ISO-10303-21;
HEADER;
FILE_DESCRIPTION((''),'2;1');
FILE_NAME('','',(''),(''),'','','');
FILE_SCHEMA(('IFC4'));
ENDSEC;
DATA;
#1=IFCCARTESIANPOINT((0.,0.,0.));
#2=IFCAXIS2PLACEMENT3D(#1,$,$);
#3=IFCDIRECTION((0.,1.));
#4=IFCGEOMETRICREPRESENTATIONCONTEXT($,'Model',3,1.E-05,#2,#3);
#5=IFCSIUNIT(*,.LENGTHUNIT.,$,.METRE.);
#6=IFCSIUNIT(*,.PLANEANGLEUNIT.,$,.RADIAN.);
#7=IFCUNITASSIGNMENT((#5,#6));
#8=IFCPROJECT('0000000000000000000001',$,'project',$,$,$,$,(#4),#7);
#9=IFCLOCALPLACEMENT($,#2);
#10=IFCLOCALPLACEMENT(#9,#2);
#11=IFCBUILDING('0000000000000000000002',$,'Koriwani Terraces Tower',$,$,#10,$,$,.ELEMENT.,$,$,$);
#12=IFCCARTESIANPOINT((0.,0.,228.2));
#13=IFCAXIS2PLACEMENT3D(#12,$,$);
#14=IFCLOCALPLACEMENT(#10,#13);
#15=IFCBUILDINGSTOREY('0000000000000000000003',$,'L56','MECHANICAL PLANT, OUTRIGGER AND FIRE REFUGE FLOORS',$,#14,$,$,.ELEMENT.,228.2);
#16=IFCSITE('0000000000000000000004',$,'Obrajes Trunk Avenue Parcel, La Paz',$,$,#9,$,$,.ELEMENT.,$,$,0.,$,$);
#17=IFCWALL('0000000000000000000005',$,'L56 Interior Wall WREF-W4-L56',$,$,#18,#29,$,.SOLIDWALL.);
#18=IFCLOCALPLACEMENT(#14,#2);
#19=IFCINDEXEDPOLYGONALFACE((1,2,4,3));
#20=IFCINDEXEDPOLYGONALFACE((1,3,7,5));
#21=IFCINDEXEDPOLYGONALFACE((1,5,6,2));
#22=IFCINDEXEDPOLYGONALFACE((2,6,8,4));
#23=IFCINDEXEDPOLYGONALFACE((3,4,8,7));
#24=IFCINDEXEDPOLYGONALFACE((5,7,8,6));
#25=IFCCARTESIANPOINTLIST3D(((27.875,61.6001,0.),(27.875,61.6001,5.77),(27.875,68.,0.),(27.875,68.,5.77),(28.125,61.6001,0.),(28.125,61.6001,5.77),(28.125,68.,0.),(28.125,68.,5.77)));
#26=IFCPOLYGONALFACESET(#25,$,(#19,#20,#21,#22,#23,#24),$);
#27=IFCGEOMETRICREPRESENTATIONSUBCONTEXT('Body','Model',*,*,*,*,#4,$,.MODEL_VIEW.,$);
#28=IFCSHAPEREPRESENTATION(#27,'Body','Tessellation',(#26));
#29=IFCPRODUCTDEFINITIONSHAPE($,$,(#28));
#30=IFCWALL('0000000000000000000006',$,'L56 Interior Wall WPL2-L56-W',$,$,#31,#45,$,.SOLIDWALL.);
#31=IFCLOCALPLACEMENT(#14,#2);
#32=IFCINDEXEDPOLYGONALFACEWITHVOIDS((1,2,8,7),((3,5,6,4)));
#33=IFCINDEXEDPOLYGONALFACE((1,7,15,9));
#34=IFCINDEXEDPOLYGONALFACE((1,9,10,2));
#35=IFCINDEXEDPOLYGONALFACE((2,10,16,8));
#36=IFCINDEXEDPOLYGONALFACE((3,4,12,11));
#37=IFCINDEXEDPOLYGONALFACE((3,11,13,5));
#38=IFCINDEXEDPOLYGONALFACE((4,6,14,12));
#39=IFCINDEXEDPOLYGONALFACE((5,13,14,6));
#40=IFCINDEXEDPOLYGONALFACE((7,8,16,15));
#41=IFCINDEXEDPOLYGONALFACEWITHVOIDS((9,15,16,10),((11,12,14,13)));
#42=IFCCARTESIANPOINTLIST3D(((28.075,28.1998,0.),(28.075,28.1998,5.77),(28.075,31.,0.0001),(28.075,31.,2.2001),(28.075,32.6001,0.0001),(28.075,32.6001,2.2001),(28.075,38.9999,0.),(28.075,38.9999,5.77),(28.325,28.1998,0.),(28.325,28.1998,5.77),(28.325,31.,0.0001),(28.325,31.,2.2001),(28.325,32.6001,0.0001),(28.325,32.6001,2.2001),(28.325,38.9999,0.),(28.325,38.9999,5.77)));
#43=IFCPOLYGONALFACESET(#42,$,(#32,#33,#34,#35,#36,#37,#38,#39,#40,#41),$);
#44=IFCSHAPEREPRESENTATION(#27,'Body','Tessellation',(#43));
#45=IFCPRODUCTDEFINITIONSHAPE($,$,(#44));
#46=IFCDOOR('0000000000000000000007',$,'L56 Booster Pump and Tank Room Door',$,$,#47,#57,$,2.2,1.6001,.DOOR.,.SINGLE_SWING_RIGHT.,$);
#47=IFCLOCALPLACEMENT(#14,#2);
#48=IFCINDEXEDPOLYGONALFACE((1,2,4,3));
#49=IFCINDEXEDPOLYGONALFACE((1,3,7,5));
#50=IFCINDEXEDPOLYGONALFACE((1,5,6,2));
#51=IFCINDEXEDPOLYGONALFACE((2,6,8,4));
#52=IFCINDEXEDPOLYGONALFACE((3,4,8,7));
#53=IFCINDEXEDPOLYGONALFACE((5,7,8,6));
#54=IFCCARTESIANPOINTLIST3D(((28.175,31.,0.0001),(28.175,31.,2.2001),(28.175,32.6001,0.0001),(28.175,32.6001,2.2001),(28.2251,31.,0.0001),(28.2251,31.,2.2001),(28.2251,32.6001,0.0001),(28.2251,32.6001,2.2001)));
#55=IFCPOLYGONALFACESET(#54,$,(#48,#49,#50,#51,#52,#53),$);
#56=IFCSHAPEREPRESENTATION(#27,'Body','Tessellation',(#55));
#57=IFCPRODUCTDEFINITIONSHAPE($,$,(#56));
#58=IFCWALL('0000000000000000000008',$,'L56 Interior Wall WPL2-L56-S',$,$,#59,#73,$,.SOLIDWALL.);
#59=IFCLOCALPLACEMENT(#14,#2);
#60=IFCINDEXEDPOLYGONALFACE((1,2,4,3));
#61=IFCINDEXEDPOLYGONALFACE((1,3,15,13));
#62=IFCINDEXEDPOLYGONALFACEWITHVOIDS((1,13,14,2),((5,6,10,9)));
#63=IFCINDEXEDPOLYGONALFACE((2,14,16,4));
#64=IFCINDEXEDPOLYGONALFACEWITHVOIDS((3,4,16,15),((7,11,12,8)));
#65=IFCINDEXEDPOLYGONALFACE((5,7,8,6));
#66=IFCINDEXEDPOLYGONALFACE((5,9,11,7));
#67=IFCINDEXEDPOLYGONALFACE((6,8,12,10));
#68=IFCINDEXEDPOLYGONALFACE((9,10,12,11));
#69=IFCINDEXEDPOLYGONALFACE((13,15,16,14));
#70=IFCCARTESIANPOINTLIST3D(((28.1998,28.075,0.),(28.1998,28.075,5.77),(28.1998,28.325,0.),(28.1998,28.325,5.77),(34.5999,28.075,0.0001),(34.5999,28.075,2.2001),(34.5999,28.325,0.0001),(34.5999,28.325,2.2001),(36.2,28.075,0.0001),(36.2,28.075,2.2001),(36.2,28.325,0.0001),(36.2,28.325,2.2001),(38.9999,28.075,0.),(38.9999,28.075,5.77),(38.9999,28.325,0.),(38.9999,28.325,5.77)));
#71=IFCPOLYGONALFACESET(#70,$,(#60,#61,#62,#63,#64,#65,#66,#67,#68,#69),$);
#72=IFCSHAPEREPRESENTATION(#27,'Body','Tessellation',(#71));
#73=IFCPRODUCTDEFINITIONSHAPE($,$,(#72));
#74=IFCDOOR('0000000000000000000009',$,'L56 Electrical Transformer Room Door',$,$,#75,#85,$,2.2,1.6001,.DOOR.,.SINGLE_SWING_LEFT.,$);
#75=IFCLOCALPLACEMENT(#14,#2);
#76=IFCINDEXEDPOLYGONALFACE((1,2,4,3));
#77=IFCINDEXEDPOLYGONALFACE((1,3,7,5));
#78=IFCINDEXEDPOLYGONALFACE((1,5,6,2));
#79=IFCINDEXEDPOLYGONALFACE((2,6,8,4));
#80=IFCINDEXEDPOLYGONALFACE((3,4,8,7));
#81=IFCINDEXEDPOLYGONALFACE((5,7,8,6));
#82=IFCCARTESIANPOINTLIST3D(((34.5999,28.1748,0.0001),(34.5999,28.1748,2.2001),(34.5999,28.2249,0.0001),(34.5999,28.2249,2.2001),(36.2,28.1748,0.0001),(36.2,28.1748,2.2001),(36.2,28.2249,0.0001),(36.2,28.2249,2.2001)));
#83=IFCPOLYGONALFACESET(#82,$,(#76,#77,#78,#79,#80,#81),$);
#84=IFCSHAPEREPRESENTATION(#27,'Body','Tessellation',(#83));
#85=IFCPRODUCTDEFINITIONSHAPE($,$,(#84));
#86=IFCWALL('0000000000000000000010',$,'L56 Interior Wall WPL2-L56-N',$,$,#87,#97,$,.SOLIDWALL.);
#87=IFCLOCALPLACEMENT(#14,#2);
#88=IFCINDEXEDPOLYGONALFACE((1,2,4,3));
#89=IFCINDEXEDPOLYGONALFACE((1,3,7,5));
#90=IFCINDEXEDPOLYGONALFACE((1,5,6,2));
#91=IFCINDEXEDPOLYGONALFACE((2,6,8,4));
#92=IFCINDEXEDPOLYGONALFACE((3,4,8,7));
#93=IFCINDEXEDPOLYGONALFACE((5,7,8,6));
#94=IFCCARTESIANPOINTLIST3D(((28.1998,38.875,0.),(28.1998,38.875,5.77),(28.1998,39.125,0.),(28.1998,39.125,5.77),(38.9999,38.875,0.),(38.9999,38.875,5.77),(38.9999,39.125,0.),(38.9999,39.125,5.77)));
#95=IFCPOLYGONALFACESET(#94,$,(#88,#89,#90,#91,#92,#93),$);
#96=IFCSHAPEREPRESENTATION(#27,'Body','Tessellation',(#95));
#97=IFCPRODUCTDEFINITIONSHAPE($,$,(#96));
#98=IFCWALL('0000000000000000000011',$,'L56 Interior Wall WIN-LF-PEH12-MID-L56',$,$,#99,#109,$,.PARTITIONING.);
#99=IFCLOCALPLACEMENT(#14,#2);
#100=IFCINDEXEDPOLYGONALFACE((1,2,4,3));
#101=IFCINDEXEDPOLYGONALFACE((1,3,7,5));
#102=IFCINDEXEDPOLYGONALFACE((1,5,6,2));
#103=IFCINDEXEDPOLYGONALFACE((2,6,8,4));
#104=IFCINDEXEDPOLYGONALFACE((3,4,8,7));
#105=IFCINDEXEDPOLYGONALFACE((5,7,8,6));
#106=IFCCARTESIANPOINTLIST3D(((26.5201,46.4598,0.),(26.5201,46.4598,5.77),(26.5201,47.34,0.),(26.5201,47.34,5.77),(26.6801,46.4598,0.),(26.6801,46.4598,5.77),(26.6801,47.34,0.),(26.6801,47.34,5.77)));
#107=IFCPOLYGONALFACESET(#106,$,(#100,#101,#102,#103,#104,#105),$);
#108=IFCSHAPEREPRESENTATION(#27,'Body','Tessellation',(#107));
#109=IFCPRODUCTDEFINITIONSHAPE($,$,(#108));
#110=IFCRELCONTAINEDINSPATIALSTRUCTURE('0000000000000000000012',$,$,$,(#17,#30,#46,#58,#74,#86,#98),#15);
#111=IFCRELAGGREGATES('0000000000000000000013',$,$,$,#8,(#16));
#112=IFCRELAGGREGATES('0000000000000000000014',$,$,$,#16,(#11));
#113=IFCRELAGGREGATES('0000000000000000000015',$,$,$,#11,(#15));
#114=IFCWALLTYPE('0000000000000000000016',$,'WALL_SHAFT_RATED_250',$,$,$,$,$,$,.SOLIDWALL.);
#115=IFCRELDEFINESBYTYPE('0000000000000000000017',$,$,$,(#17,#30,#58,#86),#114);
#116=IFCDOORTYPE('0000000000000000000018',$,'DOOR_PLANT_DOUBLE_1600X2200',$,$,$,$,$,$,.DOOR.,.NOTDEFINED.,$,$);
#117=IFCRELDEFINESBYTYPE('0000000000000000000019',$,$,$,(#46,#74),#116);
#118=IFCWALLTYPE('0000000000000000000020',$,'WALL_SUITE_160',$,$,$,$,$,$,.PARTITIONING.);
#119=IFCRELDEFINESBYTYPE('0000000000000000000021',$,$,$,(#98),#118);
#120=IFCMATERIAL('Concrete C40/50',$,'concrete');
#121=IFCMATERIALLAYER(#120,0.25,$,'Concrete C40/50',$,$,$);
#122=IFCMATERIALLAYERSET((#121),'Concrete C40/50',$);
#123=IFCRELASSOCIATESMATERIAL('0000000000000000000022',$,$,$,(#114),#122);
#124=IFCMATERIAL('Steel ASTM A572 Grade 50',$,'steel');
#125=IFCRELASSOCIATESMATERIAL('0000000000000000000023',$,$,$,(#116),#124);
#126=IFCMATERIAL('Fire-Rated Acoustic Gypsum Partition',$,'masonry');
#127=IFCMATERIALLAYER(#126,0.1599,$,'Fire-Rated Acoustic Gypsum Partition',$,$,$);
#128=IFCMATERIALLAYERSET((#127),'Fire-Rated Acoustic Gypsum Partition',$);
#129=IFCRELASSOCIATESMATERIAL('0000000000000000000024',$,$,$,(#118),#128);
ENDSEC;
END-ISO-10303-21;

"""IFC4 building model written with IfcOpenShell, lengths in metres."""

from ifc_helpers import new_model, si_unit, direction, frame, frame_2d, origin, place, context, subcontext, project, spatial, rectangle, extrude, material, layer, layer_set, type_object, element, fill, save


model = new_model("IFC4")

# Units and contexts
model_context = context("Model", 3, precision=1e-05, world=origin(), true_north=direction((0.0, 1.0)))
body_context = subcontext(model_context, "Body", "Model", "MODEL_VIEW")
ifc_project = project(units=[si_unit("LENGTHUNIT", "METRE"), si_unit("PLANEANGLEUNIT", "RADIAN")], contexts=[model_context])

# Site, building, storey
site_placement = place(None, origin())
site = spatial("IfcSite", under=ifc_project, at=site_placement, Name="Obrajes Trunk Avenue Parcel, La Paz", CompositionType="ELEMENT", RefElevation=0.0)
building_placement = place(site_placement, origin())
building = spatial("IfcBuilding", under=site, at=building_placement, Name="Koriwani Terraces Tower", CompositionType="ELEMENT")
storey_placement = place(building_placement, frame((0.0, 0.0, 228.2)))
storey = spatial("IfcBuildingStorey", under=building, at=storey_placement, Name="L56", Description="MECHANICAL PLANT, OUTRIGGER AND FIRE REFUGE FLOORS", CompositionType="ELEMENT", Elevation=228.2)

# Shared definitions
ifc_material_1 = material(Name="Steel ASTM A572 Grade 50", Category="steel")

# Shared definitions
ifc_material_2 = material(Name="Concrete C40/50", Category="concrete")
ifc_layer_1 = layer(ifc_material_2, 0.25, Name="Concrete C40/50")
ifc_layer_set_1 = layer_set([ifc_layer_1], Name="Concrete C40/50")
wall_type_1 = type_object("IfcWallType", Name="WALL_SHAFT_RATED_250", PredefinedType="SOLIDWALL", material=ifc_layer_set_1)

# Wall
wall_1_placement = place(storey_placement, frame((28.0, 61.6001, 0.0), z_axis=(0.0, 0.0, 1.0), x_axis=(0.0, 1.0, 0.0)))
element("IfcWall", 1, at=wall_1_placement, inside=storey, type_object=wall_type_1, Name="L56 Interior Wall WREF-W4-L56", PredefinedType="SOLIDWALL", context=body_context, shape_type="SweptSolid", body=[
    extrude(rectangle(XDim=6.3999, YDim=0.25, at=frame_2d((3.2, 0.0))), origin(), (0.0, 0.0, 1.0), 5.77),
])

# Walls, openings, doors
wall_2_placement = place(storey_placement, frame((28.2, 28.2, 0.0), z_axis=(0.0, 0.0, 1.0), x_axis=(0.0, 1.0, 0.0)))
wall_2 = element("IfcWall", 2, at=wall_2_placement, inside=storey, type_object=wall_type_1, Name="L56 Interior Wall WPL2-L56-W", PredefinedType="SOLIDWALL", context=body_context, shape_type="SweptSolid", body=[
    extrude(rectangle(XDim=10.8, YDim=0.25, at=frame_2d((5.3999, 0.0))), origin(), (0.0, 0.0, 1.0), 5.77),
])
opening_1_placement = place(wall_2_placement, frame((2.8, 0.0, 0.0)))
opening_1 = element("IfcOpeningElement", 3, at=opening_1_placement, cuts=wall_2, PredefinedType="OPENING", context=body_context, shape_type="SweptSolid", body=[
    extrude(rectangle(XDim=1.6001, YDim=2.2, at=frame_2d((0.8, 1.1001))), frame((0.0, 0.135, 0.0), z_axis=(0.0, -1.0, 0.0), x_axis=(1.0, 0.0, 0.0)), (0.0, 0.0, 1.0), 0.27),
])
door_type_1 = type_object("IfcDoorType", Name="DOOR_PLANT_DOUBLE_1600X2200", OperationType="NOTDEFINED", PredefinedType="DOOR", material=ifc_material_1)
door_1_placement = place(opening_1_placement, origin())
door_1 = element("IfcDoor", 4, at=door_1_placement, inside=storey, type_object=door_type_1, Name="L56 Booster Pump and Tank Room Door", OperationType="SINGLE_SWING_RIGHT", OverallHeight=2.2, OverallWidth=1.6001, PredefinedType="DOOR", context=body_context, shape_type="SweptSolid", body=[
    extrude(rectangle(XDim=1.6001, YDim=2.2, at=frame_2d((0.8, 1.1001))), frame((0.0, 0.0249, 0.0), z_axis=(0.0, -1.0, 0.0), x_axis=(1.0, 0.0, 0.0)), (0.0, 0.0, 1.0), 0.05),
])
fill(opening_1, door_1)
wall_3_placement = place(storey_placement, frame((28.2, 28.2, 0.0), z_axis=(0.0, 0.0, 1.0), x_axis=(1.0, 0.0, 0.0)))
wall_3 = element("IfcWall", 5, at=wall_3_placement, inside=storey, type_object=wall_type_1, Name="L56 Interior Wall WPL2-L56-S", PredefinedType="SOLIDWALL", context=body_context, shape_type="SweptSolid", body=[
    extrude(rectangle(XDim=10.8, YDim=0.25, at=frame_2d((5.3999, 0.0))), origin(), (0.0, 0.0, 1.0), 5.77),
])
opening_2_placement = place(wall_3_placement, frame((6.3999, 0.0, 0.0)))
opening_2 = element("IfcOpeningElement", 6, at=opening_2_placement, cuts=wall_3, PredefinedType="OPENING", context=body_context, shape_type="SweptSolid", body=[
    extrude(rectangle(XDim=1.6001, YDim=2.2, at=frame_2d((0.8, 1.1001))), frame((0.0, 0.135, 0.0), z_axis=(0.0, -1.0, 0.0), x_axis=(1.0, 0.0, 0.0)), (0.0, 0.0, 1.0), 0.27),
])
door_2_placement = place(opening_2_placement, origin())
door_2 = element("IfcDoor", 7, at=door_2_placement, inside=storey, type_object=door_type_1, Name="L56 Electrical Transformer Room Door", OperationType="SINGLE_SWING_LEFT", OverallHeight=2.2, OverallWidth=1.6001, PredefinedType="DOOR", context=body_context, shape_type="SweptSolid", body=[
    extrude(rectangle(XDim=1.6001, YDim=2.2, at=frame_2d((0.8, 1.1001))), frame((0.0, 0.0249, 0.0), z_axis=(0.0, -1.0, 0.0), x_axis=(1.0, 0.0, 0.0)), (0.0, 0.0, 1.0), 0.05),
])
fill(opening_2, door_2)

# Walls
wall_4_placement = place(storey_placement, frame((28.2, 39.0, 0.0), z_axis=(0.0, 0.0, 1.0), x_axis=(1.0, 0.0, 0.0)))
element("IfcWall", 8, at=wall_4_placement, inside=storey, type_object=wall_type_1, Name="L56 Interior Wall WPL2-L56-N", PredefinedType="SOLIDWALL", context=body_context, shape_type="SweptSolid", body=[
    extrude(rectangle(XDim=10.8, YDim=0.25, at=frame_2d((5.3999, 0.0))), origin(), (0.0, 0.0, 1.0), 5.77),
])
ifc_material_3 = material(Name="Fire-Rated Acoustic Gypsum Partition", Category="masonry")
ifc_layer_2 = layer(ifc_material_3, 0.1599, Name="Fire-Rated Acoustic Gypsum Partition")
ifc_layer_set_2 = layer_set([ifc_layer_2], Name="Fire-Rated Acoustic Gypsum Partition")
wall_type_2 = type_object("IfcWallType", Name="WALL_SUITE_160", PredefinedType="PARTITIONING", material=ifc_layer_set_2)
wall_5_placement = place(storey_placement, frame((26.6001, 46.46, 0.0), z_axis=(0.0, 0.0, 1.0), x_axis=(0.0, 1.0, 0.0)))
element("IfcWall", 9, at=wall_5_placement, inside=storey, type_object=wall_type_2, Name="L56 Interior Wall WIN-LF-PEH12-MID-L56", PredefinedType="PARTITIONING", context=body_context, shape_type="SweptSolid", body=[
    extrude(rectangle(XDim=0.8801, YDim=0.1599, at=frame_2d((0.4399, 0.0))), origin(), (0.0, 0.0, 1.0), 5.77),
])

save(model, "model.ifc")
